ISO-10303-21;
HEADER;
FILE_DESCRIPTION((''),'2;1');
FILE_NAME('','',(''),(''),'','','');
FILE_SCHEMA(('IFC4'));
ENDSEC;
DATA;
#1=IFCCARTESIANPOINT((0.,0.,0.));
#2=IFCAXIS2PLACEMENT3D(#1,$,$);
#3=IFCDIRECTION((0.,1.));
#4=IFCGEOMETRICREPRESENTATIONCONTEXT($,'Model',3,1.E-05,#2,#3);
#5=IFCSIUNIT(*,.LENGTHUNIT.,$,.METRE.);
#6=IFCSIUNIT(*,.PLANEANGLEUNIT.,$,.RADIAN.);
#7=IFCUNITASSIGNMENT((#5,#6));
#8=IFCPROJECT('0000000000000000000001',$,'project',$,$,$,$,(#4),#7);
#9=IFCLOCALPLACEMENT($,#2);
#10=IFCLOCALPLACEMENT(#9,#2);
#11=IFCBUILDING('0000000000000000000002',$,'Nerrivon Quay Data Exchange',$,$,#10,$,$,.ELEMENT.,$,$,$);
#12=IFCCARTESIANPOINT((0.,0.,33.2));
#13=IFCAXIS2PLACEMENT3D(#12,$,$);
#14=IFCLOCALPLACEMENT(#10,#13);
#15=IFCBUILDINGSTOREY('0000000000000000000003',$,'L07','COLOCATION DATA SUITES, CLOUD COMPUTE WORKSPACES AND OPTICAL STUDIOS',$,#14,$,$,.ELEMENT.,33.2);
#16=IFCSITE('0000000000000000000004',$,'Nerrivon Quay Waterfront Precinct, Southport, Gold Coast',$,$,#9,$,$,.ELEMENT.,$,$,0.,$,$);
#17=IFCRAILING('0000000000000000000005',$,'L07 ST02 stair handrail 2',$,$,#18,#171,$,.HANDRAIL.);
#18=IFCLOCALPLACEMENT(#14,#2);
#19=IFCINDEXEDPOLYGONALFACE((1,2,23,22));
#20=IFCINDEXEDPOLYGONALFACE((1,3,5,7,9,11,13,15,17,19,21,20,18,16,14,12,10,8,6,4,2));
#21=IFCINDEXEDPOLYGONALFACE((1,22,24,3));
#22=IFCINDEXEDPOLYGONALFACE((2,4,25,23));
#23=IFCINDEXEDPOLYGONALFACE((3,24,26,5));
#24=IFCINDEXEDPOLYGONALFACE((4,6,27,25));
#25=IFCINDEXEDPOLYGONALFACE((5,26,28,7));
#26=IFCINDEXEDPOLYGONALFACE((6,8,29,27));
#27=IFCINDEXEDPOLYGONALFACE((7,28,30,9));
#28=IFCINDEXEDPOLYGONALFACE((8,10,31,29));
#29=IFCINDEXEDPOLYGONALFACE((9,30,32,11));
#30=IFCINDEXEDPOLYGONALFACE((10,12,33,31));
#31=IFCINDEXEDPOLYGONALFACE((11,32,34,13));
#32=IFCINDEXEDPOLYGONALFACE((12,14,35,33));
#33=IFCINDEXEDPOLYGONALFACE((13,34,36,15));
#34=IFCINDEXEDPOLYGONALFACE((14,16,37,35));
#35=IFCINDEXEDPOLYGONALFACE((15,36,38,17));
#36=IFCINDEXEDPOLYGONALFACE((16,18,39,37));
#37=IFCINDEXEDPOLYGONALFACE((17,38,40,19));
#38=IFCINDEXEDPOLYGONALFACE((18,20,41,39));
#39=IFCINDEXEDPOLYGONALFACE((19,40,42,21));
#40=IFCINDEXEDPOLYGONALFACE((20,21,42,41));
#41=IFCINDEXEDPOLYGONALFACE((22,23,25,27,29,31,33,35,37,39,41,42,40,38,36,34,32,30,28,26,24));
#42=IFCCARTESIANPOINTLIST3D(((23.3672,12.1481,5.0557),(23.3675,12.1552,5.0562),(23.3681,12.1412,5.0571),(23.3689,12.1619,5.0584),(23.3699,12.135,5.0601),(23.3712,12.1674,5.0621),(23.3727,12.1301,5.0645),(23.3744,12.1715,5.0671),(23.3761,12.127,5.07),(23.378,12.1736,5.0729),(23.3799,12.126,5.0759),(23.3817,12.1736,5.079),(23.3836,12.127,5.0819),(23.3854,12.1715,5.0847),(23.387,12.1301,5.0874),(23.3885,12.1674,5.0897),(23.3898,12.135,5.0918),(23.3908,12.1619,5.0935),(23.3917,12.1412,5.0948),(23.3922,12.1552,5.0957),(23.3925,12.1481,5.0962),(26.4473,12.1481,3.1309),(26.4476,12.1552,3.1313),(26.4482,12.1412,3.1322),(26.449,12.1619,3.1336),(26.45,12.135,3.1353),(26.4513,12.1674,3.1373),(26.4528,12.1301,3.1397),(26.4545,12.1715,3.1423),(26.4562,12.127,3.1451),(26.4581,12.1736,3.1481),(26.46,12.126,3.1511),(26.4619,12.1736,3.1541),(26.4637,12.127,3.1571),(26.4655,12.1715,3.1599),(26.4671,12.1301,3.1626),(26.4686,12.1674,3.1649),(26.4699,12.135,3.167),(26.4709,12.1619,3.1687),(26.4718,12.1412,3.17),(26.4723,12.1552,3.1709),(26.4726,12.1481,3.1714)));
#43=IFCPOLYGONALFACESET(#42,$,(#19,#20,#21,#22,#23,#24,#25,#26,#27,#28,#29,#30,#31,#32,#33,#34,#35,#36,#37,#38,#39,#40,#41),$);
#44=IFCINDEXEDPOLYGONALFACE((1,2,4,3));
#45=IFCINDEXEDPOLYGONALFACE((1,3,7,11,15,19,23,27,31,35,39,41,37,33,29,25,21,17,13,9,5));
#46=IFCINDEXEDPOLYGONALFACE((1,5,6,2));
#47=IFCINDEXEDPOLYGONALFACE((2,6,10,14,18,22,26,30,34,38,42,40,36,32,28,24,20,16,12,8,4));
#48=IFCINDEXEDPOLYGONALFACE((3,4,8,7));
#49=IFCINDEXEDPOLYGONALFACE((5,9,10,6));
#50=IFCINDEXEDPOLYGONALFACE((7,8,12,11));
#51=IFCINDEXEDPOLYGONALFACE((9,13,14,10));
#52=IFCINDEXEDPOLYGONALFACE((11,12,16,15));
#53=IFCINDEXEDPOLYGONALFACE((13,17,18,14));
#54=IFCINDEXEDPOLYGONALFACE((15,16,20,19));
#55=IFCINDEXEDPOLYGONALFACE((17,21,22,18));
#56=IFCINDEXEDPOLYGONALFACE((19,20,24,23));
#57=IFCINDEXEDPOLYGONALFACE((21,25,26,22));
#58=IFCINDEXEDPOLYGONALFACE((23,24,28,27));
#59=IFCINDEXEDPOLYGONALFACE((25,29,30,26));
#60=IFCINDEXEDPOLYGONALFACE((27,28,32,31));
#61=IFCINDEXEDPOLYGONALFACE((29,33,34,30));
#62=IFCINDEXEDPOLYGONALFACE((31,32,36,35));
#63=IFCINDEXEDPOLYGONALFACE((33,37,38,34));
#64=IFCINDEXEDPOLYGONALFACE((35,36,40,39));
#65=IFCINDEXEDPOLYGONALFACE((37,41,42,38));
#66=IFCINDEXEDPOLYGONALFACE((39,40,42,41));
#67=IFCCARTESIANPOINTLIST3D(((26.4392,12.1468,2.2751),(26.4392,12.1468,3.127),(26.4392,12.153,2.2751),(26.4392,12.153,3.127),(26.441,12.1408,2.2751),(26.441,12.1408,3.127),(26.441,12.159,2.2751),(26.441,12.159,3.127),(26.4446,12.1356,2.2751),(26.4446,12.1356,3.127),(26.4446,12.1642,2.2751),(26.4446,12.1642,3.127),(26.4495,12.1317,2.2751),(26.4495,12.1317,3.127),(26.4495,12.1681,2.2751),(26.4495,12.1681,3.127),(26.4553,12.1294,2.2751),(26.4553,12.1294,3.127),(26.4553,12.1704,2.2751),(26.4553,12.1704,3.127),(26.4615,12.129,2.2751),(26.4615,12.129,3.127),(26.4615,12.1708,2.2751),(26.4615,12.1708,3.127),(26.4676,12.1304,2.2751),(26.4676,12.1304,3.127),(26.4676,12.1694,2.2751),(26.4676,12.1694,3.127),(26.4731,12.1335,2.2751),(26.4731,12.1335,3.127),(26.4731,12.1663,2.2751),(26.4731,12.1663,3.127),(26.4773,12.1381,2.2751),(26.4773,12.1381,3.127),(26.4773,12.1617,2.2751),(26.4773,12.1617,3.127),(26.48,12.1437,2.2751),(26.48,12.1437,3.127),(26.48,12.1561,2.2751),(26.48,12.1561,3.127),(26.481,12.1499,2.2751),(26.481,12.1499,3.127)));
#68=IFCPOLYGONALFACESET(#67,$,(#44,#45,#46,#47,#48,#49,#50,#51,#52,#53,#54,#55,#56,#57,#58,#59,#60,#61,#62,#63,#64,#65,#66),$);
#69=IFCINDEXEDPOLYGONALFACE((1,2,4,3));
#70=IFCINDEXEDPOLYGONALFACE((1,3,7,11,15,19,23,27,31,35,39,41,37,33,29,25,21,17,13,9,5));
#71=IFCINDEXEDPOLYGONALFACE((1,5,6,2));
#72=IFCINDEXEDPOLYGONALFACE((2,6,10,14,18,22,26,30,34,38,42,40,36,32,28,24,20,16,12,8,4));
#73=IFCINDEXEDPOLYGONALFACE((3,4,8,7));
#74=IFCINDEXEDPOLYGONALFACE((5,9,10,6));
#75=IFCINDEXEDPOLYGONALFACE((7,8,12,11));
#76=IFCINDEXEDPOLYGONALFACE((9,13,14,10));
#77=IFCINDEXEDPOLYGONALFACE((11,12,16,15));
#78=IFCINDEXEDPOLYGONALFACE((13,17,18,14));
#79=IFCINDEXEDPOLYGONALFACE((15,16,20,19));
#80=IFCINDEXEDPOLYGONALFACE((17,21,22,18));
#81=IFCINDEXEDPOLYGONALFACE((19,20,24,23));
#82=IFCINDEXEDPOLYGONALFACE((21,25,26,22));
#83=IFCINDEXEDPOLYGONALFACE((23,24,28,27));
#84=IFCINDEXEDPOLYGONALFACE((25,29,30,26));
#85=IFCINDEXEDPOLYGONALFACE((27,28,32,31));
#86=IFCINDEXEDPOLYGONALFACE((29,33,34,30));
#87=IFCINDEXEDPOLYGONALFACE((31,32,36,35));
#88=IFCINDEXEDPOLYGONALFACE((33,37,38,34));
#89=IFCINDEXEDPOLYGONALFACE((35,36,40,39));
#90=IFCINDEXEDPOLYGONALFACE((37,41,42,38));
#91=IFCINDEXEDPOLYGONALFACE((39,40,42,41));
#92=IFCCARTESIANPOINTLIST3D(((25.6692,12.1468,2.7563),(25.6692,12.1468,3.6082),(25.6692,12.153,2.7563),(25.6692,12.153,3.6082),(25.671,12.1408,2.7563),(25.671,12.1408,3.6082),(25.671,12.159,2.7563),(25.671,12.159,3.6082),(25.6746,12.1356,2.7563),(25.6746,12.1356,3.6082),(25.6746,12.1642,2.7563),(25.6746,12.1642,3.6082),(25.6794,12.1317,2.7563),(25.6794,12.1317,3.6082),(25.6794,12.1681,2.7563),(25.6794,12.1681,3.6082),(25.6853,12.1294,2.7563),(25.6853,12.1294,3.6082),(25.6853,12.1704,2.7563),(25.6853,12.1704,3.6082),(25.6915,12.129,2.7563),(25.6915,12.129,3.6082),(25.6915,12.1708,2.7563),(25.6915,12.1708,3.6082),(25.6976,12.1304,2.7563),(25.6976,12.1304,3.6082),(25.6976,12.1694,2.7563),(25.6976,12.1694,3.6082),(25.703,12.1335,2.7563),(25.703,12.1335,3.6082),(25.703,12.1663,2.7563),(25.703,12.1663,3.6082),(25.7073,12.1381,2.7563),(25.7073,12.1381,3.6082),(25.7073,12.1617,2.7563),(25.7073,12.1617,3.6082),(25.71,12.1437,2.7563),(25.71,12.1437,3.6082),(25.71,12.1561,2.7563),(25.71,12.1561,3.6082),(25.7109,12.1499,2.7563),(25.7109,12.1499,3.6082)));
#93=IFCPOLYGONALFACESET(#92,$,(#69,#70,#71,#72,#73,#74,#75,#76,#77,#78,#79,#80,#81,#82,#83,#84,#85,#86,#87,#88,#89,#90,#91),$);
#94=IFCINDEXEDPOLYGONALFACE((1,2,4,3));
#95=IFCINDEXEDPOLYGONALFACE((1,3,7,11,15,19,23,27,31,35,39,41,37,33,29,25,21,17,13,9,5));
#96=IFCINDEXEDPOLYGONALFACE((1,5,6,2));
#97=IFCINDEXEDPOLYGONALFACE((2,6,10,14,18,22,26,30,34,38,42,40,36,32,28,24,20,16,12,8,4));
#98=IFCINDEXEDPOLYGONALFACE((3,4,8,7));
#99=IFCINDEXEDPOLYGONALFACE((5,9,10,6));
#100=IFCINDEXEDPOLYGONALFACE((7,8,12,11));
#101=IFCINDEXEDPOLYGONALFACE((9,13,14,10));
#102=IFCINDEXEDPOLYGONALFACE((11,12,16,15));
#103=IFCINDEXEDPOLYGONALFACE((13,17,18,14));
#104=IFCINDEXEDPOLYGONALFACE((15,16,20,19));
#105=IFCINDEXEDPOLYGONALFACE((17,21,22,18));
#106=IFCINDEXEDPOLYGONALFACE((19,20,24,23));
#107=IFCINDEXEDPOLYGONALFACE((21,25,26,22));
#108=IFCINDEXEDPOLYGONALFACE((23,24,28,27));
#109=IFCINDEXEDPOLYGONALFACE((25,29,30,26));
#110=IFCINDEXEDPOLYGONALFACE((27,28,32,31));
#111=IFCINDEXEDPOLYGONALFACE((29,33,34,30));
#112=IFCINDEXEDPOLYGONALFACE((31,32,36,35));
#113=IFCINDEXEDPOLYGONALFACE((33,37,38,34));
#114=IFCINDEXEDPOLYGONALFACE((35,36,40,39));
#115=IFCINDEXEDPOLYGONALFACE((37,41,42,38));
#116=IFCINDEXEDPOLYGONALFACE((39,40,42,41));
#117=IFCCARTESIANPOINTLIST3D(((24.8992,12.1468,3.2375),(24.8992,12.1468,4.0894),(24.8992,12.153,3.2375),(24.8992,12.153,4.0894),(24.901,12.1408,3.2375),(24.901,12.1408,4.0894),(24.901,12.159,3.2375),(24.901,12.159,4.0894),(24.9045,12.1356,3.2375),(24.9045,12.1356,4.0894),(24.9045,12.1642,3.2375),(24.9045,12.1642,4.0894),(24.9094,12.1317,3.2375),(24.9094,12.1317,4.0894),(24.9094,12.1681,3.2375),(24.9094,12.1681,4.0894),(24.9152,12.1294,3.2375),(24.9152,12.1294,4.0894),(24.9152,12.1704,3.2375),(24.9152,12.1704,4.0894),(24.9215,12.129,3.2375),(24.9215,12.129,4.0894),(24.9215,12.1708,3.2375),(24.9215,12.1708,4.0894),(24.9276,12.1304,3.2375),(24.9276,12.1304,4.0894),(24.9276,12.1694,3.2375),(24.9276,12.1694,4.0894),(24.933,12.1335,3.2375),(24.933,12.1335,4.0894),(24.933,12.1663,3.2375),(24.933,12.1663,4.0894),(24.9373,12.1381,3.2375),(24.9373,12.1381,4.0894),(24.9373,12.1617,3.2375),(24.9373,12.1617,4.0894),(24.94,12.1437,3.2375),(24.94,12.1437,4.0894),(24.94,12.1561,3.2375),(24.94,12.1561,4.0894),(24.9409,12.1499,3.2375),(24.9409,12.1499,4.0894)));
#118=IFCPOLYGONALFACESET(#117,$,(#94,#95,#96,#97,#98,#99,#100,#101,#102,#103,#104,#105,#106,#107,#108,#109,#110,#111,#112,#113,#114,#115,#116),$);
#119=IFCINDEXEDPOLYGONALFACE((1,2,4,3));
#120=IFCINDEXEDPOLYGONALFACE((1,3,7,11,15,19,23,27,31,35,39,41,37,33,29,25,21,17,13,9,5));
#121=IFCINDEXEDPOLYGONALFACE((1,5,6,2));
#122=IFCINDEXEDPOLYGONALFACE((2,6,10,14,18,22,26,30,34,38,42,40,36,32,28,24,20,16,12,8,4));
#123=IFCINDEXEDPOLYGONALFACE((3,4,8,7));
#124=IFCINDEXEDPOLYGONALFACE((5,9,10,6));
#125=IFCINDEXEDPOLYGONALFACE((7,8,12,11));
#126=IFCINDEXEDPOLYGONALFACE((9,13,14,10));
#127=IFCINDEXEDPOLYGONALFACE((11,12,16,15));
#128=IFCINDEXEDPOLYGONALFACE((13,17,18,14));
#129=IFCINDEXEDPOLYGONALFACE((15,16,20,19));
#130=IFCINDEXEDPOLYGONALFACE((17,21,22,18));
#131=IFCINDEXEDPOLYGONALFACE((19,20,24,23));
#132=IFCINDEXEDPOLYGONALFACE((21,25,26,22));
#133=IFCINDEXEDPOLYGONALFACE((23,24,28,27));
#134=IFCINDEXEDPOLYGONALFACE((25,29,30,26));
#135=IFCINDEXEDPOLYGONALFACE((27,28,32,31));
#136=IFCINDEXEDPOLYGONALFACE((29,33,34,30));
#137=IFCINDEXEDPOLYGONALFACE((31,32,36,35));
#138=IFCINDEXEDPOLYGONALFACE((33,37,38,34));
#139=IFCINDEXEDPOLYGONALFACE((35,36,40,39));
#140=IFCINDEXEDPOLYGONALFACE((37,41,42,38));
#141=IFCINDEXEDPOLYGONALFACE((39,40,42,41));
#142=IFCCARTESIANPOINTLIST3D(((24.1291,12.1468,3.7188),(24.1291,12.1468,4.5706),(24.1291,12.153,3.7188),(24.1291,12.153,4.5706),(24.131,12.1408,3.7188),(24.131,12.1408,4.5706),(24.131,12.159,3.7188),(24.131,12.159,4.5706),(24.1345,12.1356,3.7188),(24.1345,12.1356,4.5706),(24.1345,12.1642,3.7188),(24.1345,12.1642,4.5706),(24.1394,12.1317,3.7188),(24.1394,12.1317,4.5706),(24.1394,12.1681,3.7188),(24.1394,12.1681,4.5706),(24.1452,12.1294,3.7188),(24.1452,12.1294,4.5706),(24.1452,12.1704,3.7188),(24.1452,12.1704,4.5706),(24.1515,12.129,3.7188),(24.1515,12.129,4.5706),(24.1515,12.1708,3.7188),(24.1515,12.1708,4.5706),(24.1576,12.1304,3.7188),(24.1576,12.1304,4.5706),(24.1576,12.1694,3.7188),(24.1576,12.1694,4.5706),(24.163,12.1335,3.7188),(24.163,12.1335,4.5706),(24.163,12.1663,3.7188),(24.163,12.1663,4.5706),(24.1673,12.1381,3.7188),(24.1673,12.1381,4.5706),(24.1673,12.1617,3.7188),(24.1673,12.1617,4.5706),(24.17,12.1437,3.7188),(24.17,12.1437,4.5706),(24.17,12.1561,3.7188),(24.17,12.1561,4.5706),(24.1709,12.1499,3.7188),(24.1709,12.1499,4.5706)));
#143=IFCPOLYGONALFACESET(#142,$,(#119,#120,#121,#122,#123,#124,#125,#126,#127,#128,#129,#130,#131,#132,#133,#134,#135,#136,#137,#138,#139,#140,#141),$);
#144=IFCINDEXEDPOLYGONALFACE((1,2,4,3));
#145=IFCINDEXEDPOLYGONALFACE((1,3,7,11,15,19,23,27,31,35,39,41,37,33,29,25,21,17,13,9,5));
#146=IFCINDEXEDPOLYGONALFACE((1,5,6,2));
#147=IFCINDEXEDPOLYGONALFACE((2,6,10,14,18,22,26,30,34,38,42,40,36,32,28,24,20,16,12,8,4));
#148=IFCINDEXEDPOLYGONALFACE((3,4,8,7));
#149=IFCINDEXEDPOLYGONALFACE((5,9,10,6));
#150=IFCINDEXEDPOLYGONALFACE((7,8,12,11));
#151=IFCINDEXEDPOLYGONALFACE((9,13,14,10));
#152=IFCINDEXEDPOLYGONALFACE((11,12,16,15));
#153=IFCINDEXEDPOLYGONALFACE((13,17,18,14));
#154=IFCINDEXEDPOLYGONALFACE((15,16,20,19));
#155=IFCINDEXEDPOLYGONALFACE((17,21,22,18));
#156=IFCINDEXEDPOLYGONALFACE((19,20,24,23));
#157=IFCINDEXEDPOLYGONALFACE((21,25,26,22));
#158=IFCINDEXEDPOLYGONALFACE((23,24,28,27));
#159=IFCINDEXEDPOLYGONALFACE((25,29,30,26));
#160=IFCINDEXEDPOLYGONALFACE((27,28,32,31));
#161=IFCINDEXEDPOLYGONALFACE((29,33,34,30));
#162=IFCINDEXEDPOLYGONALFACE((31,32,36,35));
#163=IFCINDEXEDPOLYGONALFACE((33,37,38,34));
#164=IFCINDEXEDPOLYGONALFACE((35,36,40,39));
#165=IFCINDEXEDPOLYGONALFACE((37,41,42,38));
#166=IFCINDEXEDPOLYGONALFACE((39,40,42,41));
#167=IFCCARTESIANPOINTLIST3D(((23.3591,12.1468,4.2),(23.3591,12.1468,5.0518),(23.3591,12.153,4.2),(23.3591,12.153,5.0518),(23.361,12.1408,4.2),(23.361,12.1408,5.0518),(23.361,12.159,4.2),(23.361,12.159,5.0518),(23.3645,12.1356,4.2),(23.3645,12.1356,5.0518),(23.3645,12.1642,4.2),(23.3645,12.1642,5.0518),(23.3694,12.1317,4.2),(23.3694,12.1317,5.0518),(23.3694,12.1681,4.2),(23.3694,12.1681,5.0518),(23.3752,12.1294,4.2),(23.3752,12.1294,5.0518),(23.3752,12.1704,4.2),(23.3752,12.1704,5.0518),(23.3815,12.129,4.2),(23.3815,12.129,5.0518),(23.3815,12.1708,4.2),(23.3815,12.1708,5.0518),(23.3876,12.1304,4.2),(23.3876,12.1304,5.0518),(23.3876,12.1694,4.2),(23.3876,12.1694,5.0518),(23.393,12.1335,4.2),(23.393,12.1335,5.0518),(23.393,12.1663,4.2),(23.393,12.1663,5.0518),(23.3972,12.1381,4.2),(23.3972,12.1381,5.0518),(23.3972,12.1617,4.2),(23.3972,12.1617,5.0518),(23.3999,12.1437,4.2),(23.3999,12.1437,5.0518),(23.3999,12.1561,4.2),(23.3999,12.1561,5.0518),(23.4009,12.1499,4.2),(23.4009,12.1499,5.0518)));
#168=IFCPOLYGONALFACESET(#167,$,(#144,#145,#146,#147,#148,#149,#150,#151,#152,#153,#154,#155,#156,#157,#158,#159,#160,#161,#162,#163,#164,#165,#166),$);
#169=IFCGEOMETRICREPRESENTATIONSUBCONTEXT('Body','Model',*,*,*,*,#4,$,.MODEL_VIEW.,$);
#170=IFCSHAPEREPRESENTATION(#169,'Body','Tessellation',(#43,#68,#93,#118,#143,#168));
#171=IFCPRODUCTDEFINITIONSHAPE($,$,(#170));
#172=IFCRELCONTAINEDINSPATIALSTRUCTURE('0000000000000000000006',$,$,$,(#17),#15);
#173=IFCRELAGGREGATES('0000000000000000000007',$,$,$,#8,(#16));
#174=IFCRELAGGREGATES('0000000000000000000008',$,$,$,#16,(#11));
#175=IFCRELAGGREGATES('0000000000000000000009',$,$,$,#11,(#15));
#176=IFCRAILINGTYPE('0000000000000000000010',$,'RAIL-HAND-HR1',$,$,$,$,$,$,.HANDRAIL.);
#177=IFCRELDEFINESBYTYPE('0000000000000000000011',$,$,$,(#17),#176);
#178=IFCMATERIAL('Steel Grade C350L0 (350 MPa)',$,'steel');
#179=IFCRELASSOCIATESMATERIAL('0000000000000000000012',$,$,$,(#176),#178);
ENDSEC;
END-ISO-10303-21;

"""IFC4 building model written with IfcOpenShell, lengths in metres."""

from ifc_helpers import new_model, si_unit, direction, frame, origin, origin_2d, place, context, subcontext, project, spatial, circle, extrude, material, type_object, element, save


model = new_model("IFC4")

# Units and contexts
model_context = context("Model", 3, precision=1e-05, world=origin(), true_north=direction((0.0, 1.0)))
body_context = subcontext(model_context, "Body", "Model", "MODEL_VIEW")
ifc_project = project(units=[si_unit("LENGTHUNIT", "METRE"), si_unit("PLANEANGLEUNIT", "RADIAN")], contexts=[model_context])

# Site, building, storey
site_placement = place(None, origin())
site = spatial("IfcSite", under=ifc_project, at=site_placement, Name="Nerrivon Quay Waterfront Precinct, Southport, Gold Coast", CompositionType="ELEMENT", RefElevation=0.0)
building_placement = place(site_placement, origin())
building = spatial("IfcBuilding", under=site, at=building_placement, Name="Nerrivon Quay Data Exchange", CompositionType="ELEMENT")
storey_placement = place(building_placement, frame((0.0, 0.0, 33.2)))
storey = spatial("IfcBuildingStorey", under=building, at=storey_placement, Name="L07", Description="COLOCATION DATA SUITES, CLOUD COMPUTE WORKSPACES AND OPTICAL STUDIOS", CompositionType="ELEMENT", Elevation=33.2)

# Railing
ifc_material_1 = material(Name="Steel Grade C350L0 (350 MPa)", Category="steel")
railing_type_1 = type_object("IfcRailingType", Name="RAIL-HAND-HR1", PredefinedType="HANDRAIL", material=ifc_material_1)
railing_1_placement = place(storey_placement, frame((26.46, 12.1499, 2.2751)))
element("IfcRailing", 1, at=railing_1_placement, inside=storey, type_object=railing_type_1, Name="L07 ST02 stair handrail 2", PredefinedType="HANDRAIL", context=body_context, shape_type="SweptSolid", body=[
    extrude(circle(Radius=0.0239, at=origin_2d()), frame((0.0, 0.0, 0.876), z_axis=(-0.848029, 0.0, 0.529951), x_axis=(0.0, -1.0, 0.0)), (0.0, 0.0, 1.0), 3.6321),
    extrude(circle(Radius=0.021, at=origin_2d()), origin(), (0.0, 0.0, 1.0), 0.8518),
    extrude(circle(Radius=0.021, at=origin_2d()), frame((-0.77, 0.0, 0.4812)), (0.0, 0.0, 1.0), 0.8518),
    extrude(circle(Radius=0.021, at=origin_2d()), frame((-1.54, 0.0, 0.9624)), (0.0, 0.0, 1.0), 0.8518),
    extrude(circle(Radius=0.021, at=origin_2d()), frame((-2.3101, 0.0, 1.4436)), (0.0, 0.0, 1.0), 0.8518),
    extrude(circle(Radius=0.021, at=origin_2d()), frame((-3.0801, 0.0, 1.9248)), (0.0, 0.0, 1.0), 0.8518),
])

save(model, "model.ifc")
